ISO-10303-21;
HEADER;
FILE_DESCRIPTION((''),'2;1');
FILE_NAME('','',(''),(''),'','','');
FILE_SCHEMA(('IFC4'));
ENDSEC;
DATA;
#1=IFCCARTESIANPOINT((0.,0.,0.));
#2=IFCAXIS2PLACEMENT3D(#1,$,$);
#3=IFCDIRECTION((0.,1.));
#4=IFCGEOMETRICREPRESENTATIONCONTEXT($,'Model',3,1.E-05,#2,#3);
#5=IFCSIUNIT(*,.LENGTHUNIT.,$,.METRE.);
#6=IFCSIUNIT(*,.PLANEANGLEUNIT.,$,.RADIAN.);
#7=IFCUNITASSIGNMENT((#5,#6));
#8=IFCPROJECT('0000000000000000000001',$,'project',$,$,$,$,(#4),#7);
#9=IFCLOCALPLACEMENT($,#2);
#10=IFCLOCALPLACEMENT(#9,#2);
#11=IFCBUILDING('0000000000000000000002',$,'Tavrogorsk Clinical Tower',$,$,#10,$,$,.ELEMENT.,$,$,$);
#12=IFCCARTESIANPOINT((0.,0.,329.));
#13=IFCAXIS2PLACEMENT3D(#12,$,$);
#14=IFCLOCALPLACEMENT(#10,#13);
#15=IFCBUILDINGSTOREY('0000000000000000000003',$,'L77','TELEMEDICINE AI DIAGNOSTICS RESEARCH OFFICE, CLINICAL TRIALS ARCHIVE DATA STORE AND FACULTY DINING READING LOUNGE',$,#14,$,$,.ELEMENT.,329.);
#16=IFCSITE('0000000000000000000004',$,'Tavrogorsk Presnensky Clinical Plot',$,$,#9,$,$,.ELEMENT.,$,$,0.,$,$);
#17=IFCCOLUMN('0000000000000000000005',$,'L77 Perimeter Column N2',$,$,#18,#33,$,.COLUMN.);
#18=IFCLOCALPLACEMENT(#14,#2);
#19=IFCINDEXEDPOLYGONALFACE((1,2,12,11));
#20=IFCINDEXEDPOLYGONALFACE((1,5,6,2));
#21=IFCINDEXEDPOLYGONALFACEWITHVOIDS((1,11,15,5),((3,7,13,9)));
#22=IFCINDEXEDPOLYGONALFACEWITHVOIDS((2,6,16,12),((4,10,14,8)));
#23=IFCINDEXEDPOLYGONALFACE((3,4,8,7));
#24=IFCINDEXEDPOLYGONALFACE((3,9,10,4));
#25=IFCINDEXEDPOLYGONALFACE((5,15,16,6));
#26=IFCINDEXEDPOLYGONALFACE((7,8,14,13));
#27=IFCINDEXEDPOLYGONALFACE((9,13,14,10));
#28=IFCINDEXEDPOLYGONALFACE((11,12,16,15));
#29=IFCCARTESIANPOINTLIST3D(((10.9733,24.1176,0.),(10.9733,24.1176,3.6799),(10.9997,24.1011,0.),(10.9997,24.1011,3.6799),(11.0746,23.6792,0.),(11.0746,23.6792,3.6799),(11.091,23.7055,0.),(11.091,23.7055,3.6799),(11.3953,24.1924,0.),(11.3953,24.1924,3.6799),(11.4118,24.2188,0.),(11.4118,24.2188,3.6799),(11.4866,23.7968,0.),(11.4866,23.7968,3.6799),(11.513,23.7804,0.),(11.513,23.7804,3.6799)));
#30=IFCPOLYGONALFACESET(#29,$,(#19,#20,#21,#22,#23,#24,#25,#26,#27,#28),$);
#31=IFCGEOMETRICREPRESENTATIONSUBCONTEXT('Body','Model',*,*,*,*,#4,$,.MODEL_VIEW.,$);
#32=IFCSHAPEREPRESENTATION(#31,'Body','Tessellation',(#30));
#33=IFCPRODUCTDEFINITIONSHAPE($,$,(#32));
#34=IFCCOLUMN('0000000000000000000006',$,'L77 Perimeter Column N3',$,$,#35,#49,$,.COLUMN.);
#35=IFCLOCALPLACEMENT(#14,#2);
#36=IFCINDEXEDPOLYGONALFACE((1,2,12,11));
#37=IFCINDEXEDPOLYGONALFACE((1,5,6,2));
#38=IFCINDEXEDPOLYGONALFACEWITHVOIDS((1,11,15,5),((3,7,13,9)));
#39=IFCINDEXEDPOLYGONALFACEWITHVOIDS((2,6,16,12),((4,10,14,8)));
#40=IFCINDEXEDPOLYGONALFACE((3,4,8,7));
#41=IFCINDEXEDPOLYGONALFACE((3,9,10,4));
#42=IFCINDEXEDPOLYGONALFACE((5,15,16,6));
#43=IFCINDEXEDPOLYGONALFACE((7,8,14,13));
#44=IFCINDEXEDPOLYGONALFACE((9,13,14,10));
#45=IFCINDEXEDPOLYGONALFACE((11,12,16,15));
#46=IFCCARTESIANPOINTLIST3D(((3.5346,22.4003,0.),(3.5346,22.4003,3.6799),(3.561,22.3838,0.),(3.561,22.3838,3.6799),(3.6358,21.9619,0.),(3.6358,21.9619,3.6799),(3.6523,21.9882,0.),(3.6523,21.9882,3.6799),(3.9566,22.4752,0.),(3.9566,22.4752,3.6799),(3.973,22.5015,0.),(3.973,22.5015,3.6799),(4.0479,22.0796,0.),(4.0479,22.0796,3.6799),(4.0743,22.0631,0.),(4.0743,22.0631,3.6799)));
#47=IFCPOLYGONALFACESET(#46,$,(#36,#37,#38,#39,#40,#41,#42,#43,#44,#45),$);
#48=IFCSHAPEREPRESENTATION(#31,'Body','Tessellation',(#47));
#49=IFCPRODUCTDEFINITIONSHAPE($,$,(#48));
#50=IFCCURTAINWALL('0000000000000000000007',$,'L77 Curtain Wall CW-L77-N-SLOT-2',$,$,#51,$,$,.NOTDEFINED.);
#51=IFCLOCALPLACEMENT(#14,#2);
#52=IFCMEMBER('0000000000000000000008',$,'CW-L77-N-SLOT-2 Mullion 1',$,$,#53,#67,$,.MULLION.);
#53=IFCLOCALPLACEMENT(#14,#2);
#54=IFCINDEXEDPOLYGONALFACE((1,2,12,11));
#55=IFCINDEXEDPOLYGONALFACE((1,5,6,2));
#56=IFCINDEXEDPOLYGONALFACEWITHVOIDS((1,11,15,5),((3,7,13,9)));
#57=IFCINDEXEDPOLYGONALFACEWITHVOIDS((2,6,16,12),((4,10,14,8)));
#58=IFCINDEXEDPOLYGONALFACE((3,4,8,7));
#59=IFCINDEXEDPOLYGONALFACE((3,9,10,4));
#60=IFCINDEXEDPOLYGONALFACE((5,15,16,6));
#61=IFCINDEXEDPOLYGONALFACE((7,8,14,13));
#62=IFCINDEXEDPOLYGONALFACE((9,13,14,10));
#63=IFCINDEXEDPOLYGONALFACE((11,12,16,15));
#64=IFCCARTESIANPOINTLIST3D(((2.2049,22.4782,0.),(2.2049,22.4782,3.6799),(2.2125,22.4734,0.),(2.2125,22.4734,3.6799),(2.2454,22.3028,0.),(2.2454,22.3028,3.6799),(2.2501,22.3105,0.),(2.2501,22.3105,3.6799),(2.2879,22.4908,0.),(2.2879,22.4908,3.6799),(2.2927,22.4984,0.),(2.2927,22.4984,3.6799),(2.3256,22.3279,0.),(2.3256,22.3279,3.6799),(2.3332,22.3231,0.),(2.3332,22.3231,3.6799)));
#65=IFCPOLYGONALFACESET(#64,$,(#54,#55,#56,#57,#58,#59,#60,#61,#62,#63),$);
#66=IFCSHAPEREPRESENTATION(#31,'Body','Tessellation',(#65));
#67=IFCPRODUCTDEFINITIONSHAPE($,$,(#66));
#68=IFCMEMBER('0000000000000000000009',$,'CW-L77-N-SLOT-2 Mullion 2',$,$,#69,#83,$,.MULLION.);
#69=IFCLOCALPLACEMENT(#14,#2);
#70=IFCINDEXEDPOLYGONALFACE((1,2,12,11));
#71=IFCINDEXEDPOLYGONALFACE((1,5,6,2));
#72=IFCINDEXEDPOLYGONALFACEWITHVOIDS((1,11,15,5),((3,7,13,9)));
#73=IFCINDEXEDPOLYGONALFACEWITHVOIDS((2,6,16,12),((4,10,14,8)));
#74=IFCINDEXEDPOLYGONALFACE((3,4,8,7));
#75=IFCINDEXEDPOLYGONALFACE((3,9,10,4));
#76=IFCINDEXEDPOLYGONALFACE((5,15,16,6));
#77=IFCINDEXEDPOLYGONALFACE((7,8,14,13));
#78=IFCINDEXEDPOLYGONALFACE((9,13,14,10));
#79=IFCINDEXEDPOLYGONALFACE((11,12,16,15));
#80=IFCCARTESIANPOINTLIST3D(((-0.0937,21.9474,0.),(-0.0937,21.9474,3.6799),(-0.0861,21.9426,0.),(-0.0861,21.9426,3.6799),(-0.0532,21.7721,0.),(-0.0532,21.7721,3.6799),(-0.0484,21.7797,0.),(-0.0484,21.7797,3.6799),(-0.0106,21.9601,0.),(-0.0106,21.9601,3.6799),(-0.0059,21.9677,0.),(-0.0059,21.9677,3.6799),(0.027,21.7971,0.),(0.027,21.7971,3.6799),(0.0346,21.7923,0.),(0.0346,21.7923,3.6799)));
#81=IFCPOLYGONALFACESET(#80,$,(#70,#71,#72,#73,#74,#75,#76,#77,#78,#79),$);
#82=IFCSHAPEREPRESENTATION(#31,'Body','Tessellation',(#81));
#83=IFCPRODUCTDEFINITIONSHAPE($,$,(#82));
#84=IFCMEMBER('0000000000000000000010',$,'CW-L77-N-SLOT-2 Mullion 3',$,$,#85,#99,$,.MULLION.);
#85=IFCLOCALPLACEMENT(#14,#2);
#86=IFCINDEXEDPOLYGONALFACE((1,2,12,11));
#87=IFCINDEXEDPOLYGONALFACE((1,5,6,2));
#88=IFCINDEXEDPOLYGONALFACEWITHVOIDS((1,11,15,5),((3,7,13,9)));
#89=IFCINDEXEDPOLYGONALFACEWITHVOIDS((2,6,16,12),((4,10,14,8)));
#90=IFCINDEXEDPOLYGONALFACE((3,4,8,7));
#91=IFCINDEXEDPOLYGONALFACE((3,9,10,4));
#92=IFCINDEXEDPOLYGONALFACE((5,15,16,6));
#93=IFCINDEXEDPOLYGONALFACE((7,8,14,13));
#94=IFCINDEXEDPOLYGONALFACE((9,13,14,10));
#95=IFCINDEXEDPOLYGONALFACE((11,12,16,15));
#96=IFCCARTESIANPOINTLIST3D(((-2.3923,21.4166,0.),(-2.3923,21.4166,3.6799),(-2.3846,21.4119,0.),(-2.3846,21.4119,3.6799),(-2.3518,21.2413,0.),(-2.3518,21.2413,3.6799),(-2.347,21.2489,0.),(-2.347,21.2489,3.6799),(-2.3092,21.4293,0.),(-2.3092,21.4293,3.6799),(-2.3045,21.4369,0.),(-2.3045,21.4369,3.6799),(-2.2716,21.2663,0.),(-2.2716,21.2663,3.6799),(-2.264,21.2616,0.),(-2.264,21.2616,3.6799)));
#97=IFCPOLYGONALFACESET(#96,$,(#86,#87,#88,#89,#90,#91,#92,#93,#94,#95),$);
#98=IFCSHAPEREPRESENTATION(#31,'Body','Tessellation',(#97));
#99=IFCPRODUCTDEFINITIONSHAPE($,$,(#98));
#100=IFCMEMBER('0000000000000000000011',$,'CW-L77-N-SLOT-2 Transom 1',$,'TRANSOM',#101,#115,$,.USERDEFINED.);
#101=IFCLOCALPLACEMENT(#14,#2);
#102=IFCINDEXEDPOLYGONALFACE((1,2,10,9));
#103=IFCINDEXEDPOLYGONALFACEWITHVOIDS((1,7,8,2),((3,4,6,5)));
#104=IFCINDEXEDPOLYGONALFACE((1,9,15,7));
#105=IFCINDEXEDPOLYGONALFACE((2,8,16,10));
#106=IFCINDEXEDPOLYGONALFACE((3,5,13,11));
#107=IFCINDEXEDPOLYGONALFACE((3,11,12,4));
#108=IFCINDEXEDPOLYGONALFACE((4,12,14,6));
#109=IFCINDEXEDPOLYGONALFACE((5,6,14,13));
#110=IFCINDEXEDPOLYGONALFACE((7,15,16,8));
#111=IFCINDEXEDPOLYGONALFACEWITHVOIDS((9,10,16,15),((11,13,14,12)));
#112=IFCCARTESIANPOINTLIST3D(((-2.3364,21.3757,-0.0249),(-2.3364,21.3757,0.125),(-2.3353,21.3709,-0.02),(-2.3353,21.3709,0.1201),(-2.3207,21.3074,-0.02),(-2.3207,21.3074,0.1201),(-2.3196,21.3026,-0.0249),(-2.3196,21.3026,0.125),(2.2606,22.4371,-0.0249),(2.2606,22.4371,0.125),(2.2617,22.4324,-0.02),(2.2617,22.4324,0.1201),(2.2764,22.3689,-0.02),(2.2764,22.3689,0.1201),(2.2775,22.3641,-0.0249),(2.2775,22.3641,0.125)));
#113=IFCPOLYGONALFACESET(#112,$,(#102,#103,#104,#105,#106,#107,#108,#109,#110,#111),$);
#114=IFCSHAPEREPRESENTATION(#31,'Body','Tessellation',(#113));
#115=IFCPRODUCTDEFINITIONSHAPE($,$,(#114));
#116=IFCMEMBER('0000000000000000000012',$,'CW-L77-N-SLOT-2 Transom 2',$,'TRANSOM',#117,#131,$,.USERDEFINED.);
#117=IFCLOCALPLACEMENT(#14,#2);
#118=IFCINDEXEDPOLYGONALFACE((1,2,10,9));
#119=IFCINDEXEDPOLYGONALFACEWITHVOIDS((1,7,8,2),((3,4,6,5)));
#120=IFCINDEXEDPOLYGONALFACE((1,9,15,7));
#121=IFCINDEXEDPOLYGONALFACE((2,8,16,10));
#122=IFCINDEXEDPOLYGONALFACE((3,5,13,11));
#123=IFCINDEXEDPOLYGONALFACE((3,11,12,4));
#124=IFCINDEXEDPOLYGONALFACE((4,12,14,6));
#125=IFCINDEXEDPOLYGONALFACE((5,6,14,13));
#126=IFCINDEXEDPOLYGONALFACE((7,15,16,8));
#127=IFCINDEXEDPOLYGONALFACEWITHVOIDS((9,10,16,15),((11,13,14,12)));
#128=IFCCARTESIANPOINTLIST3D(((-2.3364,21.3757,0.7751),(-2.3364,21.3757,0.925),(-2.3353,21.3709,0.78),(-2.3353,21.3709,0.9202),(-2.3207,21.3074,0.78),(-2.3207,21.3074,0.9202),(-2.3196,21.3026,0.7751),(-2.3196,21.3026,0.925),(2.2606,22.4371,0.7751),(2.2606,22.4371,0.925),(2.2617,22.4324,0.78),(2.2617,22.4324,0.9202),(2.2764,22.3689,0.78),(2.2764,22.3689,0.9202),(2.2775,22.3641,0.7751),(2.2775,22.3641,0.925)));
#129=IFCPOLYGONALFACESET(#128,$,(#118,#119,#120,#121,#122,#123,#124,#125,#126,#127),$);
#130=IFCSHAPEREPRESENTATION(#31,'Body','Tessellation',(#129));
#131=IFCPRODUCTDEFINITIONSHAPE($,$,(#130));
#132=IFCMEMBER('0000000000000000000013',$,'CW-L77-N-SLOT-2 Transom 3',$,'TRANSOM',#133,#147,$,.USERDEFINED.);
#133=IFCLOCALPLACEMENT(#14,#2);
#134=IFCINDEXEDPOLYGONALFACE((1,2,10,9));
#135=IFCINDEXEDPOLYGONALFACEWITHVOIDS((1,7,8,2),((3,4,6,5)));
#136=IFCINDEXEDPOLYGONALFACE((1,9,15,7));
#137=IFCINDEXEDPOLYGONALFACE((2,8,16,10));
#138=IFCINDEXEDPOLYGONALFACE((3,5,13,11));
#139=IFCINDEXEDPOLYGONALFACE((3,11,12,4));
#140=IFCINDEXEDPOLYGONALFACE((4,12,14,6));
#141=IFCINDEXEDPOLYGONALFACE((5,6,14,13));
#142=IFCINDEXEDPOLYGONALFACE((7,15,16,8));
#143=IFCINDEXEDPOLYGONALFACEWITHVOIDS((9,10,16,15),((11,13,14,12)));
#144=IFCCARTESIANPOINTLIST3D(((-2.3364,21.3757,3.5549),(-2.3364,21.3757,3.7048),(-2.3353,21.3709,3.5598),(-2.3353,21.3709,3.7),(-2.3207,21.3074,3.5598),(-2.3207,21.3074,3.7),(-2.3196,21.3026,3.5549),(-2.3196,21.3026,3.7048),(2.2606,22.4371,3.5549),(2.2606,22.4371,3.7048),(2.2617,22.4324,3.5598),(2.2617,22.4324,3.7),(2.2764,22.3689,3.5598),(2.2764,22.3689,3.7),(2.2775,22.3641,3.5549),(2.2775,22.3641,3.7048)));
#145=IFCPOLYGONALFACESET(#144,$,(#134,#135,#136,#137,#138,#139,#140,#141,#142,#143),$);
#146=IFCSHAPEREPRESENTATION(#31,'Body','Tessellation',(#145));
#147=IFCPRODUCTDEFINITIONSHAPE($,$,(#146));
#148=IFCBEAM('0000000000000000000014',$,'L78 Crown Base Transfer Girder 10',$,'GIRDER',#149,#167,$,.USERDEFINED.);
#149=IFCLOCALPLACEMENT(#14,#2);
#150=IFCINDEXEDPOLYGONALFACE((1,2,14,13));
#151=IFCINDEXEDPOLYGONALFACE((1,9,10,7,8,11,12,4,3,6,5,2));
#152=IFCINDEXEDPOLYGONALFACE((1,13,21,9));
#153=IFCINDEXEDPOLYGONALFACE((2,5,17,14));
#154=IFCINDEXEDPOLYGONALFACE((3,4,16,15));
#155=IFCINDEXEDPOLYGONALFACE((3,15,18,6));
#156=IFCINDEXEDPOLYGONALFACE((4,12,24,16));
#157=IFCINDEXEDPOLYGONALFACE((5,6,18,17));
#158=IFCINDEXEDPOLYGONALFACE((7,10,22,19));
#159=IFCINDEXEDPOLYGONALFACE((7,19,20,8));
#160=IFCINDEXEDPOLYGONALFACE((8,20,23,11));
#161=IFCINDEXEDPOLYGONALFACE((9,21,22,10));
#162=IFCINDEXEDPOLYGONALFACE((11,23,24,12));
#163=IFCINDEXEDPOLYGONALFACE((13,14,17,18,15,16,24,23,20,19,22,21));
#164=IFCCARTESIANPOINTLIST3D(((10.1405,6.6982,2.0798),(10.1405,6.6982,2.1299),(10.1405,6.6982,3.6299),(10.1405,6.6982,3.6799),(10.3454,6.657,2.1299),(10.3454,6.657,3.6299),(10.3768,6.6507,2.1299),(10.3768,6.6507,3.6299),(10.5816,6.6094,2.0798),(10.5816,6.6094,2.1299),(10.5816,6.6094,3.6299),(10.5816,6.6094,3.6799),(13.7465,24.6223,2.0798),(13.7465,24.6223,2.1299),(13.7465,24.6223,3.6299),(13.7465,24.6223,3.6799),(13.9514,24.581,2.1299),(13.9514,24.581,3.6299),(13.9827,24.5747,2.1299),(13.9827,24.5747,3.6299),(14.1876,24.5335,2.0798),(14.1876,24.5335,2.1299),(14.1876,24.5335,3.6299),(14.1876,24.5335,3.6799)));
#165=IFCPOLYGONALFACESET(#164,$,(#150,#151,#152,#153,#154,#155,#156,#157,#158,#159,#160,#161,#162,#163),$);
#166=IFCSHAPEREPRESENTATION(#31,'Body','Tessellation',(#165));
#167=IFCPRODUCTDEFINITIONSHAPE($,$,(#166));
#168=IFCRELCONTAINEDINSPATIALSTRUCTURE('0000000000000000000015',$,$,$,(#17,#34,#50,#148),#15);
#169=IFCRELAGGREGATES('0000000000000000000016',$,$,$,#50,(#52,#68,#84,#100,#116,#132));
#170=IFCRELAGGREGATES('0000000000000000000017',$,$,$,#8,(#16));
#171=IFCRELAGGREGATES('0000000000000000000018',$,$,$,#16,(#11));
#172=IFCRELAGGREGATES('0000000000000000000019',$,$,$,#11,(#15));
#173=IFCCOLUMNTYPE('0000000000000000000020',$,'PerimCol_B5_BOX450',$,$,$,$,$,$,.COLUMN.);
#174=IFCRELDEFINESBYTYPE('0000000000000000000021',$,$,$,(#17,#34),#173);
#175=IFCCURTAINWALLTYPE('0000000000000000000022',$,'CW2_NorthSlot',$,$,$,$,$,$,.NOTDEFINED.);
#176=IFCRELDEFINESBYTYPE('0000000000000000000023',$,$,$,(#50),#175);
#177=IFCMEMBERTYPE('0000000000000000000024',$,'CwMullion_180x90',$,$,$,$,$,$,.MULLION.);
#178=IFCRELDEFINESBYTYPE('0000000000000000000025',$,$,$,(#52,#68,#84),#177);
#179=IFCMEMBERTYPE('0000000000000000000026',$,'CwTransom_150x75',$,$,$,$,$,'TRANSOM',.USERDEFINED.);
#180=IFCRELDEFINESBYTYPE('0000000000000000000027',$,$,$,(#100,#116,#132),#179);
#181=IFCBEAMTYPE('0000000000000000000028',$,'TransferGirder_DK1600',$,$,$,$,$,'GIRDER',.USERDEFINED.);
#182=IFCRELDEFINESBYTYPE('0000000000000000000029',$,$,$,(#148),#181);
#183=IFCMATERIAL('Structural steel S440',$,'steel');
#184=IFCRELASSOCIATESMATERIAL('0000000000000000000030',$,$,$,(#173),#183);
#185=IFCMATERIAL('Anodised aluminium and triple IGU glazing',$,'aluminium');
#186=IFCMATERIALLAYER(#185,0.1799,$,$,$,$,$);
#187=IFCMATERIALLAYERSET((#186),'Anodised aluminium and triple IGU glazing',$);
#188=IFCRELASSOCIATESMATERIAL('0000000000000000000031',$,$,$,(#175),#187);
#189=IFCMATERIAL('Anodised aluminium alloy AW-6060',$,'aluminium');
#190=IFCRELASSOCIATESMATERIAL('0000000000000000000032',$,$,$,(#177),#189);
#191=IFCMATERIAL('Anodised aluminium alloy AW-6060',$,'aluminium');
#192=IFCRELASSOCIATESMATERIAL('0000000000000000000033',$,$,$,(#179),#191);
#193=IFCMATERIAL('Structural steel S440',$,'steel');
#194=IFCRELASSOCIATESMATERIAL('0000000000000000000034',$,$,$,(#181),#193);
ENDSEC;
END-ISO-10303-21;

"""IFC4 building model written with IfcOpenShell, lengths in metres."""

from ifc_helpers import new_model, si_unit, direction, frame, origin, origin_2d, place, context, subcontext, project, spatial, hollow_rectangle, i_section, extrude, material, layer, layer_set, material_profile, profile_set, type_object, element, aggregate, save


model = new_model("IFC4")

# Units and contexts
model_context = context("Model", 3, precision=1e-05, world=origin(), true_north=direction((0.0, 1.0)))
body_context = subcontext(model_context, "Body", "Model", "MODEL_VIEW")
ifc_project = project(units=[si_unit("LENGTHUNIT", "METRE"), si_unit("PLANEANGLEUNIT", "RADIAN")], contexts=[model_context])

# Site, building, storey
site_placement = place(None, origin())
site = spatial("IfcSite", under=ifc_project, at=site_placement, Name="Tavrogorsk Presnensky Clinical Plot", CompositionType="ELEMENT", RefElevation=0.0)
building_placement = place(site_placement, origin())
building = spatial("IfcBuilding", under=site, at=building_placement, Name="Tavrogorsk Clinical Tower", CompositionType="ELEMENT")
storey_placement = place(building_placement, frame((0.0, 0.0, 329.0)))
storey = spatial("IfcBuildingStorey", under=building, at=storey_placement, Name="L77", Description="TELEMEDICINE AI DIAGNOSTICS RESEARCH OFFICE, CLINICAL TRIALS ARCHIVE DATA STORE AND FACULTY DINING READING LOUNGE", CompositionType="ELEMENT", Elevation=329.0)

# Columns
ifc_material_1 = material(Name="Structural steel S440", Category="steel")
ifc_material_profile_1 = material_profile(ifc_material_1, hollow_rectangle(XDim=0.45, YDim=0.45, WallThickness=0.022, at=origin_2d()), Name="BOX-450x450x22")
ifc_profile_set_1 = profile_set([ifc_material_profile_1], Name="Structural steel S440")
column_type = type_object("IfcColumnType", Name="PerimCol_B5_BOX450", PredefinedType="COLUMN", material=ifc_profile_set_1)
for number, where, z_axis, x_axis, name in (
    (1, (11.2432, 23.949, 0.0), (0.0, 0.0, 1.0), (0.97437, 0.224951, 0.0), "L77 Perimeter Column N2"),
    (2, (3.8044, 22.2317, 0.0), (0.0, 0.0, 1.0), (0.97437, 0.224951, 0.0), "L77 Perimeter Column N3"),
):
    element("IfcColumn", number, at=place(storey_placement, frame(where, z_axis=z_axis, x_axis=x_axis)), inside=storey, type_object=column_type, Name=name, PredefinedType="COLUMN", context=body_context, shape_type="SweptSolid", body=[
        extrude(hollow_rectangle(XDim=0.45, YDim=0.45, WallThickness=0.022, at=origin_2d()), origin(), (0.0, 0.0, 1.0), 3.6799),
    ])

# Curtain wall, members
ifc_material_2 = material(Name="Anodised aluminium and triple IGU glazing", Category="aluminium")
ifc_layer_1 = layer(ifc_material_2, 0.1799)
ifc_layer_set_1 = layer_set([ifc_layer_1], Name="Anodised aluminium and triple IGU glazing")
curtain_wall_type = type_object("IfcCurtainWallType", Name="CW2_NorthSlot", PredefinedType="NOTDEFINED", material=ifc_layer_set_1)
curtain_wall_placement = place(storey_placement, origin())
curtain_wall = element("IfcCurtainWall", 3, at=curtain_wall_placement, inside=storey, type_object=curtain_wall_type, Name="L77 Curtain Wall CW-L77-N-SLOT-2", PredefinedType="NOTDEFINED")
ifc_material_3 = material(Name="Anodised aluminium alloy AW-6060", Category="aluminium")
ifc_material_profile_2 = material_profile(ifc_material_3, hollow_rectangle(XDim=0.0901, YDim=0.1799, WallThickness=0.0063, at=origin_2d()), Name="RHS-180x90x6.3")
ifc_profile_set_2 = profile_set([ifc_material_profile_2], Name="Anodised aluminium alloy AW-6060")
member_type_1 = type_object("IfcMemberType", Name="CwMullion_180x90", PredefinedType="MULLION", material=ifc_profile_set_2)
member_1_placement = place(storey_placement, frame((2.269, 22.4006, 0.0), z_axis=(0.0, 0.0, 1.0), x_axis=(-0.97437, -0.224951, 0.0)))
member_1 = element("IfcMember", 4, at=member_1_placement, type_object=member_type_1, Name="CW-L77-N-SLOT-2 Mullion 1", PredefinedType="MULLION", context=body_context, shape_type="SweptSolid", body=[
    extrude(hollow_rectangle(XDim=0.0901, YDim=0.1799, WallThickness=0.0063, at=origin_2d()), origin(), (0.0, 0.0, 1.0), 3.6799),
])
member_2_placement = place(storey_placement, frame((-0.0295, 21.8699, 0.0), z_axis=(0.0, 0.0, 1.0), x_axis=(-0.97437, -0.224951, 0.0)))
member_2 = element("IfcMember", 5, at=member_2_placement, type_object=member_type_1, Name="CW-L77-N-SLOT-2 Mullion 2", PredefinedType="MULLION", context=body_context, shape_type="SweptSolid", body=[
    extrude(hollow_rectangle(XDim=0.0901, YDim=0.1799, WallThickness=0.0063, at=origin_2d()), origin(), (0.0, 0.0, 1.0), 3.6799),
])
member_3_placement = place(storey_placement, frame((-2.3281, 21.3391, 0.0), z_axis=(0.0, 0.0, 1.0), x_axis=(-0.97437, -0.224951, 0.0)))
member_3 = element("IfcMember", 6, at=member_3_placement, type_object=member_type_1, Name="CW-L77-N-SLOT-2 Mullion 3", PredefinedType="MULLION", context=body_context, shape_type="SweptSolid", body=[
    extrude(hollow_rectangle(XDim=0.0901, YDim=0.1799, WallThickness=0.0063, at=origin_2d()), origin(), (0.0, 0.0, 1.0), 3.6799),
])
ifc_material_4 = material(Name="Anodised aluminium alloy AW-6060", Category="aluminium")
ifc_material_profile_3 = material_profile(ifc_material_4, hollow_rectangle(XDim=0.075, YDim=0.1499, WallThickness=0.0049, at=origin_2d()), Name="RHS-150x75x5")
ifc_profile_set_3 = profile_set([ifc_material_profile_3], Name="Anodised aluminium alloy AW-6060")
member_type_2 = type_object("IfcMemberType", Name="CwTransom_150x75", ElementType="TRANSOM", PredefinedType="USERDEFINED", material=ifc_profile_set_3)
member_4_placement = place(storey_placement, frame((2.269, 22.4006, 0.05), z_axis=(-0.974362, -0.224988, 0.0), x_axis=(0.224988, -0.974362, 0.0)))
member_4 = element("IfcMember", 7, at=member_4_placement, type_object=member_type_2, Name="CW-L77-N-SLOT-2 Transom 1", ObjectType="TRANSOM", PredefinedType="USERDEFINED", context=body_context, shape_type="SweptSolid", body=[
    extrude(hollow_rectangle(XDim=0.075, YDim=0.1499, WallThickness=0.0049, at=origin_2d()), origin(), (0.0, 0.0, 1.0), 4.718),
])
member_5_placement = place(storey_placement, frame((2.269, 22.4006, 0.8501), z_axis=(-0.974362, -0.224988, 0.0), x_axis=(0.224988, -0.974362, 0.0)))
member_5 = element("IfcMember", 8, at=member_5_placement, type_object=member_type_2, Name="CW-L77-N-SLOT-2 Transom 2", ObjectType="TRANSOM", PredefinedType="USERDEFINED", context=body_context, shape_type="SweptSolid", body=[
    extrude(hollow_rectangle(XDim=0.075, YDim=0.1499, WallThickness=0.0049, at=origin_2d()), origin(), (0.0, 0.0, 1.0), 4.718),
])
member_6_placement = place(storey_placement, frame((2.269, 22.4006, 3.6299), z_axis=(-0.974362, -0.224988, 0.0), x_axis=(0.224988, -0.974362, 0.0)))
member_6 = element("IfcMember", 9, at=member_6_placement, type_object=member_type_2, Name="CW-L77-N-SLOT-2 Transom 3", ObjectType="TRANSOM", PredefinedType="USERDEFINED", context=body_context, shape_type="SweptSolid", body=[
    extrude(hollow_rectangle(XDim=0.075, YDim=0.1499, WallThickness=0.0049, at=origin_2d()), origin(), (0.0, 0.0, 1.0), 4.718),
])

# Beam
ifc_material_5 = material(Name="Structural steel S440", Category="steel")
ifc_material_profile_4 = material_profile(ifc_material_5, i_section(OverallWidth=0.45, OverallDepth=1.6001, WebThickness=0.032, FlangeThickness=0.05, at=origin_2d()), Name="DK-1600x450x32x50")
ifc_profile_set_4 = profile_set([ifc_material_profile_4], Name="Structural steel S440")
beam_type_1 = type_object("IfcBeamType", Name="TransferGirder_DK1600", ElementType="GIRDER", PredefinedType="USERDEFINED", material=ifc_profile_set_4)
beam_placement = place(storey_placement, frame((10.3611, 6.6538, 2.8799), z_axis=(0.197228, 0.980358, 0.0), x_axis=(-0.980358, 0.197228, 0.0)))
element("IfcBeam", 10, at=beam_placement, inside=storey, type_object=beam_type_1, Name="L78 Crown Base Transfer Girder 10", ObjectType="GIRDER", PredefinedType="USERDEFINED", context=body_context, shape_type="SweptSolid", body=[
    extrude(i_section(OverallWidth=0.45, OverallDepth=1.6001, WebThickness=0.032, FlangeThickness=0.05, at=origin_2d()), origin(), (0.0, 0.0, 1.0), 18.2832),
])

aggregate(curtain_wall, [member_1, member_2, member_3, member_4, member_5, member_6])

save(model, "model.ifc")
